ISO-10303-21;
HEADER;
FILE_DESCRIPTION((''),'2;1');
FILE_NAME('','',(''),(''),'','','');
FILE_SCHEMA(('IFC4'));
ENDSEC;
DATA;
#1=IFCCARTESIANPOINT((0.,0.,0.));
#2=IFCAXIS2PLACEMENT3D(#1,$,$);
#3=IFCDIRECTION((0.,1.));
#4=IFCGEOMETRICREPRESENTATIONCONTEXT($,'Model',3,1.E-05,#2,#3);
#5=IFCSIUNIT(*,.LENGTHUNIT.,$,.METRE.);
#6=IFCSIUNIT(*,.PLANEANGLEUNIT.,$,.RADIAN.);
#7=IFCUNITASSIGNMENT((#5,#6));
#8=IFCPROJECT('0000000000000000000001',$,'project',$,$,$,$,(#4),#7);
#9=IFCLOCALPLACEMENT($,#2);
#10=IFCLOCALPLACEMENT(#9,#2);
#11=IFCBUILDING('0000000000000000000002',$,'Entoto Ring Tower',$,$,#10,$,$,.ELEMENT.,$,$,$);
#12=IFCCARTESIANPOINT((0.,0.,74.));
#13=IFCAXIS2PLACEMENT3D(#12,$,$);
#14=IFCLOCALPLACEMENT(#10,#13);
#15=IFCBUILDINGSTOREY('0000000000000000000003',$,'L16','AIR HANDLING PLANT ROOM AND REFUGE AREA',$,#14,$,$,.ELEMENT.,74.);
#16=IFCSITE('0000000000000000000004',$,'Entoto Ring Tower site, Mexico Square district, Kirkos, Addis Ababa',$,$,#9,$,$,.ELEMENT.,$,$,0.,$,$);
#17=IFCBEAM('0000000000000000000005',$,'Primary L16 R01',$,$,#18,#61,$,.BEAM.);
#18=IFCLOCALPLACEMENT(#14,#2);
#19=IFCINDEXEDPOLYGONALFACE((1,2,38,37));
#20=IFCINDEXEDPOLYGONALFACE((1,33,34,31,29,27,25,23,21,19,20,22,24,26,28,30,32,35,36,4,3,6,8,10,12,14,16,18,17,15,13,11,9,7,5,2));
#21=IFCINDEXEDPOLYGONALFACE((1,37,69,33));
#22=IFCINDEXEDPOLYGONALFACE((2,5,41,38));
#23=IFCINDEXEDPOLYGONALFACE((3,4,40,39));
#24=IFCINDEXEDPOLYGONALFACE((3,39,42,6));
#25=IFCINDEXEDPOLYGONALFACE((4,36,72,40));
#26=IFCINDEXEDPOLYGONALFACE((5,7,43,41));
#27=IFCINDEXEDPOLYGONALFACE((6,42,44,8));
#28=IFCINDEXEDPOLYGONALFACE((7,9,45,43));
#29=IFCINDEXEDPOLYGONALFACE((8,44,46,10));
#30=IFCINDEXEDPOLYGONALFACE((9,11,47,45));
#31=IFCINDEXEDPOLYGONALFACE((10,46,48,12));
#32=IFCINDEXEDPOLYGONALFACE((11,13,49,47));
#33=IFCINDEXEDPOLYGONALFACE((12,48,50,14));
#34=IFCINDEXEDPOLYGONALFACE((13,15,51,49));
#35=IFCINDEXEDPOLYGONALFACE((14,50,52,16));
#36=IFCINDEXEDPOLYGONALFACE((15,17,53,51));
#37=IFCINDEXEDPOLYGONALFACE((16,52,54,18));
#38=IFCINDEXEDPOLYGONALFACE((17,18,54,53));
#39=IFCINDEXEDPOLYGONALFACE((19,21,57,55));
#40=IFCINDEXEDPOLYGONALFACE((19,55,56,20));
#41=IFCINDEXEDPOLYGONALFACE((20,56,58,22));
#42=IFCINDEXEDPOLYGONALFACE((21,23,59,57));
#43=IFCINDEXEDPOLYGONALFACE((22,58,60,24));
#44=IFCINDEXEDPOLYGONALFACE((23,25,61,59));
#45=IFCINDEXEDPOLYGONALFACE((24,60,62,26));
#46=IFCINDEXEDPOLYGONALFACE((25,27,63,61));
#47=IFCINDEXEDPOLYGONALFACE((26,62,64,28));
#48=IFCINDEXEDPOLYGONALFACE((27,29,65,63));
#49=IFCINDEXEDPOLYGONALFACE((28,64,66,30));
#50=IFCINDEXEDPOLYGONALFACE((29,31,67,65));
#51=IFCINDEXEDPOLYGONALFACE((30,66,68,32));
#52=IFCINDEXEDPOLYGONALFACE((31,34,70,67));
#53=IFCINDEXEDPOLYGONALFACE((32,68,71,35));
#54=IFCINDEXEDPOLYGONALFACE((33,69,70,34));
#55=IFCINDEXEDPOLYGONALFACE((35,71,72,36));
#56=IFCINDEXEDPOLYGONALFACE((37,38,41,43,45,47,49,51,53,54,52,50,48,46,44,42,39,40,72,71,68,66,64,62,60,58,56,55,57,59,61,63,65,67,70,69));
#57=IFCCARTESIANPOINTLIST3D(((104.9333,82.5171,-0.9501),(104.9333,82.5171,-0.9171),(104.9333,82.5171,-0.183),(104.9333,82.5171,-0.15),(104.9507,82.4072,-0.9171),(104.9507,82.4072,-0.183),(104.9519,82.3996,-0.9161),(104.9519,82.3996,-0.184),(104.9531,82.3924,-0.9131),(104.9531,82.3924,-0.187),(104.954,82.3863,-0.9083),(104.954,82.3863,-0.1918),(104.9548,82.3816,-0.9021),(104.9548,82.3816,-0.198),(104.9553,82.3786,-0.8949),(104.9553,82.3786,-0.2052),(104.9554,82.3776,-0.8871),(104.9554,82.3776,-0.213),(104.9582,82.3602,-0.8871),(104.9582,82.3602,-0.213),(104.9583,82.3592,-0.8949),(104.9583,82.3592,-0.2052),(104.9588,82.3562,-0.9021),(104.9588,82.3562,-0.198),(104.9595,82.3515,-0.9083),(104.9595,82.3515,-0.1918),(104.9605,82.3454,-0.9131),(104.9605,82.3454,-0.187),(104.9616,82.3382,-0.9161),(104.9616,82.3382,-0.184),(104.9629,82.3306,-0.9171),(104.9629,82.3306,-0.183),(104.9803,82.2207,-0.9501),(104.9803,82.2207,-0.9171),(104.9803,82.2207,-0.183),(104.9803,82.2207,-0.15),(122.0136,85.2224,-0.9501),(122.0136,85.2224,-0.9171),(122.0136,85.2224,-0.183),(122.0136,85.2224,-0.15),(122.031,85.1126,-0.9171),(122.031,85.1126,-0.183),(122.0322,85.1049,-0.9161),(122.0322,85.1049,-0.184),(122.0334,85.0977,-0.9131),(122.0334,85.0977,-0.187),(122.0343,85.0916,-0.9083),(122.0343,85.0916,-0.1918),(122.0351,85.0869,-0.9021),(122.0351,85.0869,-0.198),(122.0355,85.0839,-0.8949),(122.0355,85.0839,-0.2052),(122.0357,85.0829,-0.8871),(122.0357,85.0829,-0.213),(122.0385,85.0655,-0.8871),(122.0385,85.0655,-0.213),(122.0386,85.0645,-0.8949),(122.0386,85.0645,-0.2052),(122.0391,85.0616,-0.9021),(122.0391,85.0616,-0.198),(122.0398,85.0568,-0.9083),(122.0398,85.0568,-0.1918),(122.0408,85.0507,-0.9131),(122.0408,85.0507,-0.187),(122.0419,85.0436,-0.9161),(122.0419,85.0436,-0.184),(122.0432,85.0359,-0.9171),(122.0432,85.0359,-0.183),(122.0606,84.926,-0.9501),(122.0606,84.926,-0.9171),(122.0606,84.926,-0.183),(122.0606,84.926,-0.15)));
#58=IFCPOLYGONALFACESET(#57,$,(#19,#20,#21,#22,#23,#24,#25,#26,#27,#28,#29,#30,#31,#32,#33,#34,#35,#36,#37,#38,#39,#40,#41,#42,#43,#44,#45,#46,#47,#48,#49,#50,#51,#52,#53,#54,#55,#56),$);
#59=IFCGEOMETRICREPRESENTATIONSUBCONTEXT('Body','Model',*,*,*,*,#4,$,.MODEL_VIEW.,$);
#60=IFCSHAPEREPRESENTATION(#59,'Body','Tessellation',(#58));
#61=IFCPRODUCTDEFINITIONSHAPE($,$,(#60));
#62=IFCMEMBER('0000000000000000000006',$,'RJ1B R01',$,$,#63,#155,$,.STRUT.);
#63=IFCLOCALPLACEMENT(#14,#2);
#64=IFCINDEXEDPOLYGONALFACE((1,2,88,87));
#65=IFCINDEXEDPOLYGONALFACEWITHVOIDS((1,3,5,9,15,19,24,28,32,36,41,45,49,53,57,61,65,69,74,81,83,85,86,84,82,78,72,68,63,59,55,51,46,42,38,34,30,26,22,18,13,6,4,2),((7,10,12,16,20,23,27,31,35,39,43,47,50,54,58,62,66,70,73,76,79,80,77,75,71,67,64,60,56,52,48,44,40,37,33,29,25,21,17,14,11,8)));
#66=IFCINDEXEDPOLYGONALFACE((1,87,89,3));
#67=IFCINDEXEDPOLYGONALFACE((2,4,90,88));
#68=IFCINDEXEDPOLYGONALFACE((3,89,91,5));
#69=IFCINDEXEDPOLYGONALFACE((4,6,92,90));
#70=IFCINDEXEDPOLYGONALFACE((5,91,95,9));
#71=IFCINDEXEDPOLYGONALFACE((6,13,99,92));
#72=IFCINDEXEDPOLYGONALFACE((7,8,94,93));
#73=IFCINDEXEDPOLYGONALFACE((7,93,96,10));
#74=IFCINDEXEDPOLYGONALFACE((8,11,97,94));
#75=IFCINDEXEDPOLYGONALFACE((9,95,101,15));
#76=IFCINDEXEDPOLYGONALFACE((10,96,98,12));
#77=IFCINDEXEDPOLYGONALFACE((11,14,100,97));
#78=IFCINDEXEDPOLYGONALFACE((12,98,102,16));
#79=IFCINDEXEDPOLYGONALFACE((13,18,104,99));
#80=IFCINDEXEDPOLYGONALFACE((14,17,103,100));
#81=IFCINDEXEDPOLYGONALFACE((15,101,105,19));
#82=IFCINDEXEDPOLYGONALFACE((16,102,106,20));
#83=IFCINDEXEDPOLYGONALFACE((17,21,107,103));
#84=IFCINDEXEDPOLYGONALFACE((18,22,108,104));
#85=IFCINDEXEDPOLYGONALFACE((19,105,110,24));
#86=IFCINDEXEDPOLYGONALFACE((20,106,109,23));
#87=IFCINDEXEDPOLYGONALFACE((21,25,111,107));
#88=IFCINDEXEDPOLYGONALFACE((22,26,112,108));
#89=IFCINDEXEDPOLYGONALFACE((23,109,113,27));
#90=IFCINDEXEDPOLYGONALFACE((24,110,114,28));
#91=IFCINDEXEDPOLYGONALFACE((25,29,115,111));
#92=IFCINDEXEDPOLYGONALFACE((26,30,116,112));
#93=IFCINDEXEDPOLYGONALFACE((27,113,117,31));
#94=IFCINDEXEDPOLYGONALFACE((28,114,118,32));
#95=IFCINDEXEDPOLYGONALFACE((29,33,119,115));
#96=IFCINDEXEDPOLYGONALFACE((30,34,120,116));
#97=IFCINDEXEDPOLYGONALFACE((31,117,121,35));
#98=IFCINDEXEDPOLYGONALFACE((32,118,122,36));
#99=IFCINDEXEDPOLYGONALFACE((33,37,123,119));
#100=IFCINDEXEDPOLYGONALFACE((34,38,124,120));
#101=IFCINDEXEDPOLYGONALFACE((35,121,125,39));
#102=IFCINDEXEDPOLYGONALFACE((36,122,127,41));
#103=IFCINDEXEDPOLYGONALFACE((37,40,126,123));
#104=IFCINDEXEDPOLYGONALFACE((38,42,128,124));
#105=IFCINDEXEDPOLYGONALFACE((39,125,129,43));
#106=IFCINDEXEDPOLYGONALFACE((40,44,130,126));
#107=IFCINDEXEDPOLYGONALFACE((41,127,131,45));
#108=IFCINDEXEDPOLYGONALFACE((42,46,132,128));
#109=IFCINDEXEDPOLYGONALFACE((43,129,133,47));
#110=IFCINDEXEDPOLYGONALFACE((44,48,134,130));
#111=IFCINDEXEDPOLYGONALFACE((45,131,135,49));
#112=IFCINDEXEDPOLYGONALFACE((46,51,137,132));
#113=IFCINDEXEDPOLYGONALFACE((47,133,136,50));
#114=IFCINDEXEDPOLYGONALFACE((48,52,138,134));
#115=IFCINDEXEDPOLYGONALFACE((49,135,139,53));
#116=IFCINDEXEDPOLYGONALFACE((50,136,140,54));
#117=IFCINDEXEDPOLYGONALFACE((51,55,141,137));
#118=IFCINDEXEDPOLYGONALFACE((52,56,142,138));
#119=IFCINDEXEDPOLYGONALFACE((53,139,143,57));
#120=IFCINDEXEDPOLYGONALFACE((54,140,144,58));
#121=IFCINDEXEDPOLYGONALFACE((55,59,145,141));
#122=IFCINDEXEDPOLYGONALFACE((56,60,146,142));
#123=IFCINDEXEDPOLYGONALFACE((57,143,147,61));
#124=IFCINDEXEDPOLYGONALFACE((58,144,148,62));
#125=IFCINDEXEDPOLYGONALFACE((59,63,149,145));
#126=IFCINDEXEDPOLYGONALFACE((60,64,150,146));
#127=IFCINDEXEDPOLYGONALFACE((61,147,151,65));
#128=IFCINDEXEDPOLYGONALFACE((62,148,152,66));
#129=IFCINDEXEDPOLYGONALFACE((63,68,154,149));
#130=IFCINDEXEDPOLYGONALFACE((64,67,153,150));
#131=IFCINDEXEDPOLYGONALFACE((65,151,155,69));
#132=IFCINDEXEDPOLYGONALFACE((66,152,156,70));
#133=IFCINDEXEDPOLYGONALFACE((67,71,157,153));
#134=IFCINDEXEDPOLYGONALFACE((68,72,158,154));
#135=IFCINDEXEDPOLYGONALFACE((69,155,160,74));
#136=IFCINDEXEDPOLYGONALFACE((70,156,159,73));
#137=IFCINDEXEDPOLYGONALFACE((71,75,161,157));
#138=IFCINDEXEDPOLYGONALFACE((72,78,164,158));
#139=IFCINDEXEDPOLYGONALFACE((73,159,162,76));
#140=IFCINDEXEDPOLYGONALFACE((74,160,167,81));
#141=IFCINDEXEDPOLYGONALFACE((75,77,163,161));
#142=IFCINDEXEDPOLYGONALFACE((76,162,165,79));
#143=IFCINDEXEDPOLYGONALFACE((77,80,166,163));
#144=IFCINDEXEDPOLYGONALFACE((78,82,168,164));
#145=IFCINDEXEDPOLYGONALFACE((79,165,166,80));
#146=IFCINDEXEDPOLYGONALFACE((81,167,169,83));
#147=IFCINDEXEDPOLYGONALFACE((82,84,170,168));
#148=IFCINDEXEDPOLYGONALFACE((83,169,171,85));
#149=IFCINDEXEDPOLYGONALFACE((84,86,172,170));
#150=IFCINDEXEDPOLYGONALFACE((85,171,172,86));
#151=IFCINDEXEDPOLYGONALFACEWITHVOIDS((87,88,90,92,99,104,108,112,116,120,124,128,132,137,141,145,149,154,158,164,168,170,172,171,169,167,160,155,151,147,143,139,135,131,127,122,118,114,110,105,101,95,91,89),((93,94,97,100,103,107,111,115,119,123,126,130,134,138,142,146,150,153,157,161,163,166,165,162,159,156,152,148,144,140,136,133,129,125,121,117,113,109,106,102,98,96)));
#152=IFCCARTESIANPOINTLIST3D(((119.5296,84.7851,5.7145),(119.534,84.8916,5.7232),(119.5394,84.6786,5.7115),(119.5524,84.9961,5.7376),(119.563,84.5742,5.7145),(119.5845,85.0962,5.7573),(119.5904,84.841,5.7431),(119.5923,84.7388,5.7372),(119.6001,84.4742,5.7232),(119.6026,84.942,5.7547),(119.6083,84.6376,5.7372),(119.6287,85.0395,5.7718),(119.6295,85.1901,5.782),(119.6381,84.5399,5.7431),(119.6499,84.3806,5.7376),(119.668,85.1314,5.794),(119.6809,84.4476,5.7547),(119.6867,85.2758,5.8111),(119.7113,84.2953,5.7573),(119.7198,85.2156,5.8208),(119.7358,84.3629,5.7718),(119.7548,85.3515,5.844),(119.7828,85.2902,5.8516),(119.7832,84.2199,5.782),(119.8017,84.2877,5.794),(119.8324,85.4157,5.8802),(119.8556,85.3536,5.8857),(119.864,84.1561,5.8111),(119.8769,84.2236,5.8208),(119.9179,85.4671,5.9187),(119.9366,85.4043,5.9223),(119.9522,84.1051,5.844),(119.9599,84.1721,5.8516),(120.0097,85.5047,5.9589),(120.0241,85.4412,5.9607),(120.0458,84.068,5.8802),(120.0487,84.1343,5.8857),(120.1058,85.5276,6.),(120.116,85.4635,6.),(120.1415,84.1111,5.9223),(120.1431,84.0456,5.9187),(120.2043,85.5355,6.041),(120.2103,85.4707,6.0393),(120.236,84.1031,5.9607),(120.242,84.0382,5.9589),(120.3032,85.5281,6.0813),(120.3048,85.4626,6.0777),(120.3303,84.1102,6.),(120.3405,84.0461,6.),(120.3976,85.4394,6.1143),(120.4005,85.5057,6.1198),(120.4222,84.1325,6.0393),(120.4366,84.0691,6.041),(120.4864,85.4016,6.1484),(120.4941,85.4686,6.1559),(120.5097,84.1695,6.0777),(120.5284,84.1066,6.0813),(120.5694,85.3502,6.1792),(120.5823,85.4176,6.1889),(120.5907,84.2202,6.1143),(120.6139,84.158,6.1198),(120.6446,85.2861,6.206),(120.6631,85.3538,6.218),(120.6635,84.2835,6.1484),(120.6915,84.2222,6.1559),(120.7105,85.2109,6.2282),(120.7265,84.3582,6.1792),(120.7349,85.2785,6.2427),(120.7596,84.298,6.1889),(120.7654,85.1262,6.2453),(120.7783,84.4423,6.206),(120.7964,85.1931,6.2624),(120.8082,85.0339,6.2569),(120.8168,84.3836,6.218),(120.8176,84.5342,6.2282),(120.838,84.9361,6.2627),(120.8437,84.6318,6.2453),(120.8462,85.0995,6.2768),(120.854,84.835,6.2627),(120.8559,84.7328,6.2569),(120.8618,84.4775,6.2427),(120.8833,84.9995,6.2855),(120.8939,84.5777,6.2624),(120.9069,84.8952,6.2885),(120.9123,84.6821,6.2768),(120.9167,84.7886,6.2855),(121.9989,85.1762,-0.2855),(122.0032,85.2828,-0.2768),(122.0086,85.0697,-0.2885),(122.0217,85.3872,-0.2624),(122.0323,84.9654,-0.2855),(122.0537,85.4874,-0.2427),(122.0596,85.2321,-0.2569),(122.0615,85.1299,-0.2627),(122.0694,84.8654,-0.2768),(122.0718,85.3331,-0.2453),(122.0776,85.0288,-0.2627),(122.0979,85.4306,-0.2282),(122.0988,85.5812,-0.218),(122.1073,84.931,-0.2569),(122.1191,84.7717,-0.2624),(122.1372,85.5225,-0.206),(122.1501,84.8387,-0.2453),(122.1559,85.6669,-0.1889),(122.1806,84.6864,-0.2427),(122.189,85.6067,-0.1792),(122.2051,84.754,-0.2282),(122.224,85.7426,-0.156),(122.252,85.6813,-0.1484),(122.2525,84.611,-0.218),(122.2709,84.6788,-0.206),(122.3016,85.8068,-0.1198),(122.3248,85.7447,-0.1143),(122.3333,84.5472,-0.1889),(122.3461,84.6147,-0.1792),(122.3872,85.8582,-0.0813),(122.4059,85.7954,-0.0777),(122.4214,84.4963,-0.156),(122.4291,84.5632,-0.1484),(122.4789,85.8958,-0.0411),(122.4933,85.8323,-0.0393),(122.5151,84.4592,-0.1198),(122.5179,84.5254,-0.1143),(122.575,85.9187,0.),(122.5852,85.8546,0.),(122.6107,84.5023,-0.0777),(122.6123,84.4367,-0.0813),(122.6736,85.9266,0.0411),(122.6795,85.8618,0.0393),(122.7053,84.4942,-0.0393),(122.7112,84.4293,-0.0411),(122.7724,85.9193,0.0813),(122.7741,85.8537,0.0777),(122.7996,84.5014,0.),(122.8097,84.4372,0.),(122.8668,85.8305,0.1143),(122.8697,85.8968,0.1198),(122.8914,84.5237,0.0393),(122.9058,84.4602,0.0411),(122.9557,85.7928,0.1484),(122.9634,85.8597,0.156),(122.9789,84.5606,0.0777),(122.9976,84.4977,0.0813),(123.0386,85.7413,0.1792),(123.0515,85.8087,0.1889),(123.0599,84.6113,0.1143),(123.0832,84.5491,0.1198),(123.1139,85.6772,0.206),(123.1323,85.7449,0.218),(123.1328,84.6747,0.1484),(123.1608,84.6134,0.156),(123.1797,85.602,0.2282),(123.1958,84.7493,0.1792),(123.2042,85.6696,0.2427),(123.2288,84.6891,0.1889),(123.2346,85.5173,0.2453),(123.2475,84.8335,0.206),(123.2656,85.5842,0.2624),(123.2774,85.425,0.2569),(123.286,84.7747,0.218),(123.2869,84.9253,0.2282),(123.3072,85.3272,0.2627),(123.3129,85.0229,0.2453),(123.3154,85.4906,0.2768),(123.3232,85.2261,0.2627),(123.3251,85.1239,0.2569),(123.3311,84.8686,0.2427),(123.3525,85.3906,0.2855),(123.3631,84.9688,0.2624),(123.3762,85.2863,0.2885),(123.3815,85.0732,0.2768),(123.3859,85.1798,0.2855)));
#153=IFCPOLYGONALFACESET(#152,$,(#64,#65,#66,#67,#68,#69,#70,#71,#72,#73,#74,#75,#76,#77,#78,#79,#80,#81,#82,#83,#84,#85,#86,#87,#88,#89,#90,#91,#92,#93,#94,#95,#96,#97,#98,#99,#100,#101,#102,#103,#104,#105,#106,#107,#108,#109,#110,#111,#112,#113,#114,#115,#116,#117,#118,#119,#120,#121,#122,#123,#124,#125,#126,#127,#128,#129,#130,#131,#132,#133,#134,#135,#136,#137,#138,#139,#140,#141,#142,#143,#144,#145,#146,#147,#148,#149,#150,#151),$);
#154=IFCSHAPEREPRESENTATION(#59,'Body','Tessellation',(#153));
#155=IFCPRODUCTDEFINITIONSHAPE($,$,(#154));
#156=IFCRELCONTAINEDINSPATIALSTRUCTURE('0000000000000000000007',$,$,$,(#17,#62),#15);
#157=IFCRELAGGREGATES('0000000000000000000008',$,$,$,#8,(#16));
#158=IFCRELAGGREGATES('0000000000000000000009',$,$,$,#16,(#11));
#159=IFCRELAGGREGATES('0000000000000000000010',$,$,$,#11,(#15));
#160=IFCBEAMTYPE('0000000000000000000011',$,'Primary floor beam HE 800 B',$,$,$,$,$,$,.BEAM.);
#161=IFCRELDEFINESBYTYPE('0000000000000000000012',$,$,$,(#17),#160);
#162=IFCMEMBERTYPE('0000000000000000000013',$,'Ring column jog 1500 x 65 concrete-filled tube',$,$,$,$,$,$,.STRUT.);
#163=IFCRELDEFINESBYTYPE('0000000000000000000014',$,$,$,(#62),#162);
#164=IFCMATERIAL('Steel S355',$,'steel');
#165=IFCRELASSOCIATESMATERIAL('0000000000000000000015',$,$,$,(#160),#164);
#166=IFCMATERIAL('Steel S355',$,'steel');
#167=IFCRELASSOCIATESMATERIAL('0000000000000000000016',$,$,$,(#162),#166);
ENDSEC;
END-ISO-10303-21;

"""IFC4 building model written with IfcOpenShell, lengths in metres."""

from ifc_helpers import new_model, si_unit, direction, frame, origin, origin_2d, place, context, subcontext, project, spatial, circle, hollow_circle, i_section, extrude, material, material_profile, profile_set, type_object, element, save


model = new_model("IFC4")

# Units and contexts
model_context = context("Model", 3, precision=1e-05, world=origin(), true_north=direction((0.0, 1.0)))
body_context = subcontext(model_context, "Body", "Model", "MODEL_VIEW")
ifc_project = project(units=[si_unit("LENGTHUNIT", "METRE"), si_unit("PLANEANGLEUNIT", "RADIAN")], contexts=[model_context])

# Site, building, storey
site_placement = place(None, origin())
site = spatial("IfcSite", under=ifc_project, at=site_placement, Name="Entoto Ring Tower site, Mexico Square district, Kirkos, Addis Ababa", CompositionType="ELEMENT", RefElevation=0.0)
building_placement = place(site_placement, origin())
building = spatial("IfcBuilding", under=site, at=building_placement, Name="Entoto Ring Tower", CompositionType="ELEMENT")
storey_placement = place(building_placement, frame((0.0, 0.0, 74.0)))
storey = spatial("IfcBuildingStorey", under=building, at=storey_placement, Name="L16", Description="AIR HANDLING PLANT ROOM AND REFUGE AREA", CompositionType="ELEMENT", Elevation=74.0)

# Beam
ifc_material_1 = material(Name="Steel S355", Category="steel")
ifc_material_profile_1 = material_profile(ifc_material_1, i_section(OverallWidth=0.3, OverallDepth=0.8, WebThickness=0.0176, FlangeThickness=0.033, FilletRadius=0.03, at=origin_2d()), Name="HE 800 B")
ifc_profile_set_1 = profile_set([ifc_material_profile_1], Name="Steel S355")
beam_type_1 = type_object("IfcBeamType", Name="Primary floor beam HE 800 B", PredefinedType="BEAM", material=ifc_profile_set_1)
beam_1_placement = place(storey_placement, frame((104.9568, 82.3689, -0.55), z_axis=(0.987688, 0.156438, 0.0), x_axis=(-0.156438, 0.987688, 0.0)))
element("IfcBeam", 1, at=beam_1_placement, inside=storey, type_object=beam_type_1, Name="Primary L16 R01", PredefinedType="BEAM", context=body_context, shape_type="SweptSolid", body=[
    extrude(i_section(OverallWidth=0.3, OverallDepth=0.8, WebThickness=0.0176, FlangeThickness=0.033, FilletRadius=0.03, at=origin_2d()), origin(), (0.0, 0.0, 1.0), 17.2932),
])

# Member
ifc_material_2 = material(Name="Steel S355", Category="steel")
ifc_material_profile_2 = material_profile(ifc_material_2, hollow_circle(Radius=0.75, WallThickness=0.0649, at=origin_2d()), Name="CHS 1500 x 65")
ifc_material_3 = material(Name="Concrete C60/75", Category="concrete")
ifc_material_profile_3 = material_profile(ifc_material_3, circle(Radius=0.6851, at=origin_2d()), Name="Concrete C60/75 infill")
ifc_profile_set_2 = profile_set([ifc_material_profile_2, ifc_material_profile_3], Name="Steel S355")
member_type_1 = type_object("IfcMemberType", Name="Ring column jog 1500 x 65 concrete-filled tube", PredefinedType="STRUT", material=ifc_profile_set_2)
for number, where, z_axis, x_axis, name in (
    (2, (122.6924, 85.178, 0.0), (-0.379882, -0.060171, 0.923076), (0.156444, -0.987687, 0.0), "RJ1B R01"),
):
    element("IfcMember", number, at=place(storey_placement, frame(where, z_axis=z_axis, x_axis=x_axis)), inside=storey, type_object=member_type_1, Name=name, PredefinedType="STRUT", context=body_context, shape_type="SweptSolid", body=[
        extrude(hollow_circle(Radius=0.75, WallThickness=0.0649, at=origin_2d()), origin(), (0.0, 0.0, 1.0), 6.5),
    ])

save(model, "model.ifc")
